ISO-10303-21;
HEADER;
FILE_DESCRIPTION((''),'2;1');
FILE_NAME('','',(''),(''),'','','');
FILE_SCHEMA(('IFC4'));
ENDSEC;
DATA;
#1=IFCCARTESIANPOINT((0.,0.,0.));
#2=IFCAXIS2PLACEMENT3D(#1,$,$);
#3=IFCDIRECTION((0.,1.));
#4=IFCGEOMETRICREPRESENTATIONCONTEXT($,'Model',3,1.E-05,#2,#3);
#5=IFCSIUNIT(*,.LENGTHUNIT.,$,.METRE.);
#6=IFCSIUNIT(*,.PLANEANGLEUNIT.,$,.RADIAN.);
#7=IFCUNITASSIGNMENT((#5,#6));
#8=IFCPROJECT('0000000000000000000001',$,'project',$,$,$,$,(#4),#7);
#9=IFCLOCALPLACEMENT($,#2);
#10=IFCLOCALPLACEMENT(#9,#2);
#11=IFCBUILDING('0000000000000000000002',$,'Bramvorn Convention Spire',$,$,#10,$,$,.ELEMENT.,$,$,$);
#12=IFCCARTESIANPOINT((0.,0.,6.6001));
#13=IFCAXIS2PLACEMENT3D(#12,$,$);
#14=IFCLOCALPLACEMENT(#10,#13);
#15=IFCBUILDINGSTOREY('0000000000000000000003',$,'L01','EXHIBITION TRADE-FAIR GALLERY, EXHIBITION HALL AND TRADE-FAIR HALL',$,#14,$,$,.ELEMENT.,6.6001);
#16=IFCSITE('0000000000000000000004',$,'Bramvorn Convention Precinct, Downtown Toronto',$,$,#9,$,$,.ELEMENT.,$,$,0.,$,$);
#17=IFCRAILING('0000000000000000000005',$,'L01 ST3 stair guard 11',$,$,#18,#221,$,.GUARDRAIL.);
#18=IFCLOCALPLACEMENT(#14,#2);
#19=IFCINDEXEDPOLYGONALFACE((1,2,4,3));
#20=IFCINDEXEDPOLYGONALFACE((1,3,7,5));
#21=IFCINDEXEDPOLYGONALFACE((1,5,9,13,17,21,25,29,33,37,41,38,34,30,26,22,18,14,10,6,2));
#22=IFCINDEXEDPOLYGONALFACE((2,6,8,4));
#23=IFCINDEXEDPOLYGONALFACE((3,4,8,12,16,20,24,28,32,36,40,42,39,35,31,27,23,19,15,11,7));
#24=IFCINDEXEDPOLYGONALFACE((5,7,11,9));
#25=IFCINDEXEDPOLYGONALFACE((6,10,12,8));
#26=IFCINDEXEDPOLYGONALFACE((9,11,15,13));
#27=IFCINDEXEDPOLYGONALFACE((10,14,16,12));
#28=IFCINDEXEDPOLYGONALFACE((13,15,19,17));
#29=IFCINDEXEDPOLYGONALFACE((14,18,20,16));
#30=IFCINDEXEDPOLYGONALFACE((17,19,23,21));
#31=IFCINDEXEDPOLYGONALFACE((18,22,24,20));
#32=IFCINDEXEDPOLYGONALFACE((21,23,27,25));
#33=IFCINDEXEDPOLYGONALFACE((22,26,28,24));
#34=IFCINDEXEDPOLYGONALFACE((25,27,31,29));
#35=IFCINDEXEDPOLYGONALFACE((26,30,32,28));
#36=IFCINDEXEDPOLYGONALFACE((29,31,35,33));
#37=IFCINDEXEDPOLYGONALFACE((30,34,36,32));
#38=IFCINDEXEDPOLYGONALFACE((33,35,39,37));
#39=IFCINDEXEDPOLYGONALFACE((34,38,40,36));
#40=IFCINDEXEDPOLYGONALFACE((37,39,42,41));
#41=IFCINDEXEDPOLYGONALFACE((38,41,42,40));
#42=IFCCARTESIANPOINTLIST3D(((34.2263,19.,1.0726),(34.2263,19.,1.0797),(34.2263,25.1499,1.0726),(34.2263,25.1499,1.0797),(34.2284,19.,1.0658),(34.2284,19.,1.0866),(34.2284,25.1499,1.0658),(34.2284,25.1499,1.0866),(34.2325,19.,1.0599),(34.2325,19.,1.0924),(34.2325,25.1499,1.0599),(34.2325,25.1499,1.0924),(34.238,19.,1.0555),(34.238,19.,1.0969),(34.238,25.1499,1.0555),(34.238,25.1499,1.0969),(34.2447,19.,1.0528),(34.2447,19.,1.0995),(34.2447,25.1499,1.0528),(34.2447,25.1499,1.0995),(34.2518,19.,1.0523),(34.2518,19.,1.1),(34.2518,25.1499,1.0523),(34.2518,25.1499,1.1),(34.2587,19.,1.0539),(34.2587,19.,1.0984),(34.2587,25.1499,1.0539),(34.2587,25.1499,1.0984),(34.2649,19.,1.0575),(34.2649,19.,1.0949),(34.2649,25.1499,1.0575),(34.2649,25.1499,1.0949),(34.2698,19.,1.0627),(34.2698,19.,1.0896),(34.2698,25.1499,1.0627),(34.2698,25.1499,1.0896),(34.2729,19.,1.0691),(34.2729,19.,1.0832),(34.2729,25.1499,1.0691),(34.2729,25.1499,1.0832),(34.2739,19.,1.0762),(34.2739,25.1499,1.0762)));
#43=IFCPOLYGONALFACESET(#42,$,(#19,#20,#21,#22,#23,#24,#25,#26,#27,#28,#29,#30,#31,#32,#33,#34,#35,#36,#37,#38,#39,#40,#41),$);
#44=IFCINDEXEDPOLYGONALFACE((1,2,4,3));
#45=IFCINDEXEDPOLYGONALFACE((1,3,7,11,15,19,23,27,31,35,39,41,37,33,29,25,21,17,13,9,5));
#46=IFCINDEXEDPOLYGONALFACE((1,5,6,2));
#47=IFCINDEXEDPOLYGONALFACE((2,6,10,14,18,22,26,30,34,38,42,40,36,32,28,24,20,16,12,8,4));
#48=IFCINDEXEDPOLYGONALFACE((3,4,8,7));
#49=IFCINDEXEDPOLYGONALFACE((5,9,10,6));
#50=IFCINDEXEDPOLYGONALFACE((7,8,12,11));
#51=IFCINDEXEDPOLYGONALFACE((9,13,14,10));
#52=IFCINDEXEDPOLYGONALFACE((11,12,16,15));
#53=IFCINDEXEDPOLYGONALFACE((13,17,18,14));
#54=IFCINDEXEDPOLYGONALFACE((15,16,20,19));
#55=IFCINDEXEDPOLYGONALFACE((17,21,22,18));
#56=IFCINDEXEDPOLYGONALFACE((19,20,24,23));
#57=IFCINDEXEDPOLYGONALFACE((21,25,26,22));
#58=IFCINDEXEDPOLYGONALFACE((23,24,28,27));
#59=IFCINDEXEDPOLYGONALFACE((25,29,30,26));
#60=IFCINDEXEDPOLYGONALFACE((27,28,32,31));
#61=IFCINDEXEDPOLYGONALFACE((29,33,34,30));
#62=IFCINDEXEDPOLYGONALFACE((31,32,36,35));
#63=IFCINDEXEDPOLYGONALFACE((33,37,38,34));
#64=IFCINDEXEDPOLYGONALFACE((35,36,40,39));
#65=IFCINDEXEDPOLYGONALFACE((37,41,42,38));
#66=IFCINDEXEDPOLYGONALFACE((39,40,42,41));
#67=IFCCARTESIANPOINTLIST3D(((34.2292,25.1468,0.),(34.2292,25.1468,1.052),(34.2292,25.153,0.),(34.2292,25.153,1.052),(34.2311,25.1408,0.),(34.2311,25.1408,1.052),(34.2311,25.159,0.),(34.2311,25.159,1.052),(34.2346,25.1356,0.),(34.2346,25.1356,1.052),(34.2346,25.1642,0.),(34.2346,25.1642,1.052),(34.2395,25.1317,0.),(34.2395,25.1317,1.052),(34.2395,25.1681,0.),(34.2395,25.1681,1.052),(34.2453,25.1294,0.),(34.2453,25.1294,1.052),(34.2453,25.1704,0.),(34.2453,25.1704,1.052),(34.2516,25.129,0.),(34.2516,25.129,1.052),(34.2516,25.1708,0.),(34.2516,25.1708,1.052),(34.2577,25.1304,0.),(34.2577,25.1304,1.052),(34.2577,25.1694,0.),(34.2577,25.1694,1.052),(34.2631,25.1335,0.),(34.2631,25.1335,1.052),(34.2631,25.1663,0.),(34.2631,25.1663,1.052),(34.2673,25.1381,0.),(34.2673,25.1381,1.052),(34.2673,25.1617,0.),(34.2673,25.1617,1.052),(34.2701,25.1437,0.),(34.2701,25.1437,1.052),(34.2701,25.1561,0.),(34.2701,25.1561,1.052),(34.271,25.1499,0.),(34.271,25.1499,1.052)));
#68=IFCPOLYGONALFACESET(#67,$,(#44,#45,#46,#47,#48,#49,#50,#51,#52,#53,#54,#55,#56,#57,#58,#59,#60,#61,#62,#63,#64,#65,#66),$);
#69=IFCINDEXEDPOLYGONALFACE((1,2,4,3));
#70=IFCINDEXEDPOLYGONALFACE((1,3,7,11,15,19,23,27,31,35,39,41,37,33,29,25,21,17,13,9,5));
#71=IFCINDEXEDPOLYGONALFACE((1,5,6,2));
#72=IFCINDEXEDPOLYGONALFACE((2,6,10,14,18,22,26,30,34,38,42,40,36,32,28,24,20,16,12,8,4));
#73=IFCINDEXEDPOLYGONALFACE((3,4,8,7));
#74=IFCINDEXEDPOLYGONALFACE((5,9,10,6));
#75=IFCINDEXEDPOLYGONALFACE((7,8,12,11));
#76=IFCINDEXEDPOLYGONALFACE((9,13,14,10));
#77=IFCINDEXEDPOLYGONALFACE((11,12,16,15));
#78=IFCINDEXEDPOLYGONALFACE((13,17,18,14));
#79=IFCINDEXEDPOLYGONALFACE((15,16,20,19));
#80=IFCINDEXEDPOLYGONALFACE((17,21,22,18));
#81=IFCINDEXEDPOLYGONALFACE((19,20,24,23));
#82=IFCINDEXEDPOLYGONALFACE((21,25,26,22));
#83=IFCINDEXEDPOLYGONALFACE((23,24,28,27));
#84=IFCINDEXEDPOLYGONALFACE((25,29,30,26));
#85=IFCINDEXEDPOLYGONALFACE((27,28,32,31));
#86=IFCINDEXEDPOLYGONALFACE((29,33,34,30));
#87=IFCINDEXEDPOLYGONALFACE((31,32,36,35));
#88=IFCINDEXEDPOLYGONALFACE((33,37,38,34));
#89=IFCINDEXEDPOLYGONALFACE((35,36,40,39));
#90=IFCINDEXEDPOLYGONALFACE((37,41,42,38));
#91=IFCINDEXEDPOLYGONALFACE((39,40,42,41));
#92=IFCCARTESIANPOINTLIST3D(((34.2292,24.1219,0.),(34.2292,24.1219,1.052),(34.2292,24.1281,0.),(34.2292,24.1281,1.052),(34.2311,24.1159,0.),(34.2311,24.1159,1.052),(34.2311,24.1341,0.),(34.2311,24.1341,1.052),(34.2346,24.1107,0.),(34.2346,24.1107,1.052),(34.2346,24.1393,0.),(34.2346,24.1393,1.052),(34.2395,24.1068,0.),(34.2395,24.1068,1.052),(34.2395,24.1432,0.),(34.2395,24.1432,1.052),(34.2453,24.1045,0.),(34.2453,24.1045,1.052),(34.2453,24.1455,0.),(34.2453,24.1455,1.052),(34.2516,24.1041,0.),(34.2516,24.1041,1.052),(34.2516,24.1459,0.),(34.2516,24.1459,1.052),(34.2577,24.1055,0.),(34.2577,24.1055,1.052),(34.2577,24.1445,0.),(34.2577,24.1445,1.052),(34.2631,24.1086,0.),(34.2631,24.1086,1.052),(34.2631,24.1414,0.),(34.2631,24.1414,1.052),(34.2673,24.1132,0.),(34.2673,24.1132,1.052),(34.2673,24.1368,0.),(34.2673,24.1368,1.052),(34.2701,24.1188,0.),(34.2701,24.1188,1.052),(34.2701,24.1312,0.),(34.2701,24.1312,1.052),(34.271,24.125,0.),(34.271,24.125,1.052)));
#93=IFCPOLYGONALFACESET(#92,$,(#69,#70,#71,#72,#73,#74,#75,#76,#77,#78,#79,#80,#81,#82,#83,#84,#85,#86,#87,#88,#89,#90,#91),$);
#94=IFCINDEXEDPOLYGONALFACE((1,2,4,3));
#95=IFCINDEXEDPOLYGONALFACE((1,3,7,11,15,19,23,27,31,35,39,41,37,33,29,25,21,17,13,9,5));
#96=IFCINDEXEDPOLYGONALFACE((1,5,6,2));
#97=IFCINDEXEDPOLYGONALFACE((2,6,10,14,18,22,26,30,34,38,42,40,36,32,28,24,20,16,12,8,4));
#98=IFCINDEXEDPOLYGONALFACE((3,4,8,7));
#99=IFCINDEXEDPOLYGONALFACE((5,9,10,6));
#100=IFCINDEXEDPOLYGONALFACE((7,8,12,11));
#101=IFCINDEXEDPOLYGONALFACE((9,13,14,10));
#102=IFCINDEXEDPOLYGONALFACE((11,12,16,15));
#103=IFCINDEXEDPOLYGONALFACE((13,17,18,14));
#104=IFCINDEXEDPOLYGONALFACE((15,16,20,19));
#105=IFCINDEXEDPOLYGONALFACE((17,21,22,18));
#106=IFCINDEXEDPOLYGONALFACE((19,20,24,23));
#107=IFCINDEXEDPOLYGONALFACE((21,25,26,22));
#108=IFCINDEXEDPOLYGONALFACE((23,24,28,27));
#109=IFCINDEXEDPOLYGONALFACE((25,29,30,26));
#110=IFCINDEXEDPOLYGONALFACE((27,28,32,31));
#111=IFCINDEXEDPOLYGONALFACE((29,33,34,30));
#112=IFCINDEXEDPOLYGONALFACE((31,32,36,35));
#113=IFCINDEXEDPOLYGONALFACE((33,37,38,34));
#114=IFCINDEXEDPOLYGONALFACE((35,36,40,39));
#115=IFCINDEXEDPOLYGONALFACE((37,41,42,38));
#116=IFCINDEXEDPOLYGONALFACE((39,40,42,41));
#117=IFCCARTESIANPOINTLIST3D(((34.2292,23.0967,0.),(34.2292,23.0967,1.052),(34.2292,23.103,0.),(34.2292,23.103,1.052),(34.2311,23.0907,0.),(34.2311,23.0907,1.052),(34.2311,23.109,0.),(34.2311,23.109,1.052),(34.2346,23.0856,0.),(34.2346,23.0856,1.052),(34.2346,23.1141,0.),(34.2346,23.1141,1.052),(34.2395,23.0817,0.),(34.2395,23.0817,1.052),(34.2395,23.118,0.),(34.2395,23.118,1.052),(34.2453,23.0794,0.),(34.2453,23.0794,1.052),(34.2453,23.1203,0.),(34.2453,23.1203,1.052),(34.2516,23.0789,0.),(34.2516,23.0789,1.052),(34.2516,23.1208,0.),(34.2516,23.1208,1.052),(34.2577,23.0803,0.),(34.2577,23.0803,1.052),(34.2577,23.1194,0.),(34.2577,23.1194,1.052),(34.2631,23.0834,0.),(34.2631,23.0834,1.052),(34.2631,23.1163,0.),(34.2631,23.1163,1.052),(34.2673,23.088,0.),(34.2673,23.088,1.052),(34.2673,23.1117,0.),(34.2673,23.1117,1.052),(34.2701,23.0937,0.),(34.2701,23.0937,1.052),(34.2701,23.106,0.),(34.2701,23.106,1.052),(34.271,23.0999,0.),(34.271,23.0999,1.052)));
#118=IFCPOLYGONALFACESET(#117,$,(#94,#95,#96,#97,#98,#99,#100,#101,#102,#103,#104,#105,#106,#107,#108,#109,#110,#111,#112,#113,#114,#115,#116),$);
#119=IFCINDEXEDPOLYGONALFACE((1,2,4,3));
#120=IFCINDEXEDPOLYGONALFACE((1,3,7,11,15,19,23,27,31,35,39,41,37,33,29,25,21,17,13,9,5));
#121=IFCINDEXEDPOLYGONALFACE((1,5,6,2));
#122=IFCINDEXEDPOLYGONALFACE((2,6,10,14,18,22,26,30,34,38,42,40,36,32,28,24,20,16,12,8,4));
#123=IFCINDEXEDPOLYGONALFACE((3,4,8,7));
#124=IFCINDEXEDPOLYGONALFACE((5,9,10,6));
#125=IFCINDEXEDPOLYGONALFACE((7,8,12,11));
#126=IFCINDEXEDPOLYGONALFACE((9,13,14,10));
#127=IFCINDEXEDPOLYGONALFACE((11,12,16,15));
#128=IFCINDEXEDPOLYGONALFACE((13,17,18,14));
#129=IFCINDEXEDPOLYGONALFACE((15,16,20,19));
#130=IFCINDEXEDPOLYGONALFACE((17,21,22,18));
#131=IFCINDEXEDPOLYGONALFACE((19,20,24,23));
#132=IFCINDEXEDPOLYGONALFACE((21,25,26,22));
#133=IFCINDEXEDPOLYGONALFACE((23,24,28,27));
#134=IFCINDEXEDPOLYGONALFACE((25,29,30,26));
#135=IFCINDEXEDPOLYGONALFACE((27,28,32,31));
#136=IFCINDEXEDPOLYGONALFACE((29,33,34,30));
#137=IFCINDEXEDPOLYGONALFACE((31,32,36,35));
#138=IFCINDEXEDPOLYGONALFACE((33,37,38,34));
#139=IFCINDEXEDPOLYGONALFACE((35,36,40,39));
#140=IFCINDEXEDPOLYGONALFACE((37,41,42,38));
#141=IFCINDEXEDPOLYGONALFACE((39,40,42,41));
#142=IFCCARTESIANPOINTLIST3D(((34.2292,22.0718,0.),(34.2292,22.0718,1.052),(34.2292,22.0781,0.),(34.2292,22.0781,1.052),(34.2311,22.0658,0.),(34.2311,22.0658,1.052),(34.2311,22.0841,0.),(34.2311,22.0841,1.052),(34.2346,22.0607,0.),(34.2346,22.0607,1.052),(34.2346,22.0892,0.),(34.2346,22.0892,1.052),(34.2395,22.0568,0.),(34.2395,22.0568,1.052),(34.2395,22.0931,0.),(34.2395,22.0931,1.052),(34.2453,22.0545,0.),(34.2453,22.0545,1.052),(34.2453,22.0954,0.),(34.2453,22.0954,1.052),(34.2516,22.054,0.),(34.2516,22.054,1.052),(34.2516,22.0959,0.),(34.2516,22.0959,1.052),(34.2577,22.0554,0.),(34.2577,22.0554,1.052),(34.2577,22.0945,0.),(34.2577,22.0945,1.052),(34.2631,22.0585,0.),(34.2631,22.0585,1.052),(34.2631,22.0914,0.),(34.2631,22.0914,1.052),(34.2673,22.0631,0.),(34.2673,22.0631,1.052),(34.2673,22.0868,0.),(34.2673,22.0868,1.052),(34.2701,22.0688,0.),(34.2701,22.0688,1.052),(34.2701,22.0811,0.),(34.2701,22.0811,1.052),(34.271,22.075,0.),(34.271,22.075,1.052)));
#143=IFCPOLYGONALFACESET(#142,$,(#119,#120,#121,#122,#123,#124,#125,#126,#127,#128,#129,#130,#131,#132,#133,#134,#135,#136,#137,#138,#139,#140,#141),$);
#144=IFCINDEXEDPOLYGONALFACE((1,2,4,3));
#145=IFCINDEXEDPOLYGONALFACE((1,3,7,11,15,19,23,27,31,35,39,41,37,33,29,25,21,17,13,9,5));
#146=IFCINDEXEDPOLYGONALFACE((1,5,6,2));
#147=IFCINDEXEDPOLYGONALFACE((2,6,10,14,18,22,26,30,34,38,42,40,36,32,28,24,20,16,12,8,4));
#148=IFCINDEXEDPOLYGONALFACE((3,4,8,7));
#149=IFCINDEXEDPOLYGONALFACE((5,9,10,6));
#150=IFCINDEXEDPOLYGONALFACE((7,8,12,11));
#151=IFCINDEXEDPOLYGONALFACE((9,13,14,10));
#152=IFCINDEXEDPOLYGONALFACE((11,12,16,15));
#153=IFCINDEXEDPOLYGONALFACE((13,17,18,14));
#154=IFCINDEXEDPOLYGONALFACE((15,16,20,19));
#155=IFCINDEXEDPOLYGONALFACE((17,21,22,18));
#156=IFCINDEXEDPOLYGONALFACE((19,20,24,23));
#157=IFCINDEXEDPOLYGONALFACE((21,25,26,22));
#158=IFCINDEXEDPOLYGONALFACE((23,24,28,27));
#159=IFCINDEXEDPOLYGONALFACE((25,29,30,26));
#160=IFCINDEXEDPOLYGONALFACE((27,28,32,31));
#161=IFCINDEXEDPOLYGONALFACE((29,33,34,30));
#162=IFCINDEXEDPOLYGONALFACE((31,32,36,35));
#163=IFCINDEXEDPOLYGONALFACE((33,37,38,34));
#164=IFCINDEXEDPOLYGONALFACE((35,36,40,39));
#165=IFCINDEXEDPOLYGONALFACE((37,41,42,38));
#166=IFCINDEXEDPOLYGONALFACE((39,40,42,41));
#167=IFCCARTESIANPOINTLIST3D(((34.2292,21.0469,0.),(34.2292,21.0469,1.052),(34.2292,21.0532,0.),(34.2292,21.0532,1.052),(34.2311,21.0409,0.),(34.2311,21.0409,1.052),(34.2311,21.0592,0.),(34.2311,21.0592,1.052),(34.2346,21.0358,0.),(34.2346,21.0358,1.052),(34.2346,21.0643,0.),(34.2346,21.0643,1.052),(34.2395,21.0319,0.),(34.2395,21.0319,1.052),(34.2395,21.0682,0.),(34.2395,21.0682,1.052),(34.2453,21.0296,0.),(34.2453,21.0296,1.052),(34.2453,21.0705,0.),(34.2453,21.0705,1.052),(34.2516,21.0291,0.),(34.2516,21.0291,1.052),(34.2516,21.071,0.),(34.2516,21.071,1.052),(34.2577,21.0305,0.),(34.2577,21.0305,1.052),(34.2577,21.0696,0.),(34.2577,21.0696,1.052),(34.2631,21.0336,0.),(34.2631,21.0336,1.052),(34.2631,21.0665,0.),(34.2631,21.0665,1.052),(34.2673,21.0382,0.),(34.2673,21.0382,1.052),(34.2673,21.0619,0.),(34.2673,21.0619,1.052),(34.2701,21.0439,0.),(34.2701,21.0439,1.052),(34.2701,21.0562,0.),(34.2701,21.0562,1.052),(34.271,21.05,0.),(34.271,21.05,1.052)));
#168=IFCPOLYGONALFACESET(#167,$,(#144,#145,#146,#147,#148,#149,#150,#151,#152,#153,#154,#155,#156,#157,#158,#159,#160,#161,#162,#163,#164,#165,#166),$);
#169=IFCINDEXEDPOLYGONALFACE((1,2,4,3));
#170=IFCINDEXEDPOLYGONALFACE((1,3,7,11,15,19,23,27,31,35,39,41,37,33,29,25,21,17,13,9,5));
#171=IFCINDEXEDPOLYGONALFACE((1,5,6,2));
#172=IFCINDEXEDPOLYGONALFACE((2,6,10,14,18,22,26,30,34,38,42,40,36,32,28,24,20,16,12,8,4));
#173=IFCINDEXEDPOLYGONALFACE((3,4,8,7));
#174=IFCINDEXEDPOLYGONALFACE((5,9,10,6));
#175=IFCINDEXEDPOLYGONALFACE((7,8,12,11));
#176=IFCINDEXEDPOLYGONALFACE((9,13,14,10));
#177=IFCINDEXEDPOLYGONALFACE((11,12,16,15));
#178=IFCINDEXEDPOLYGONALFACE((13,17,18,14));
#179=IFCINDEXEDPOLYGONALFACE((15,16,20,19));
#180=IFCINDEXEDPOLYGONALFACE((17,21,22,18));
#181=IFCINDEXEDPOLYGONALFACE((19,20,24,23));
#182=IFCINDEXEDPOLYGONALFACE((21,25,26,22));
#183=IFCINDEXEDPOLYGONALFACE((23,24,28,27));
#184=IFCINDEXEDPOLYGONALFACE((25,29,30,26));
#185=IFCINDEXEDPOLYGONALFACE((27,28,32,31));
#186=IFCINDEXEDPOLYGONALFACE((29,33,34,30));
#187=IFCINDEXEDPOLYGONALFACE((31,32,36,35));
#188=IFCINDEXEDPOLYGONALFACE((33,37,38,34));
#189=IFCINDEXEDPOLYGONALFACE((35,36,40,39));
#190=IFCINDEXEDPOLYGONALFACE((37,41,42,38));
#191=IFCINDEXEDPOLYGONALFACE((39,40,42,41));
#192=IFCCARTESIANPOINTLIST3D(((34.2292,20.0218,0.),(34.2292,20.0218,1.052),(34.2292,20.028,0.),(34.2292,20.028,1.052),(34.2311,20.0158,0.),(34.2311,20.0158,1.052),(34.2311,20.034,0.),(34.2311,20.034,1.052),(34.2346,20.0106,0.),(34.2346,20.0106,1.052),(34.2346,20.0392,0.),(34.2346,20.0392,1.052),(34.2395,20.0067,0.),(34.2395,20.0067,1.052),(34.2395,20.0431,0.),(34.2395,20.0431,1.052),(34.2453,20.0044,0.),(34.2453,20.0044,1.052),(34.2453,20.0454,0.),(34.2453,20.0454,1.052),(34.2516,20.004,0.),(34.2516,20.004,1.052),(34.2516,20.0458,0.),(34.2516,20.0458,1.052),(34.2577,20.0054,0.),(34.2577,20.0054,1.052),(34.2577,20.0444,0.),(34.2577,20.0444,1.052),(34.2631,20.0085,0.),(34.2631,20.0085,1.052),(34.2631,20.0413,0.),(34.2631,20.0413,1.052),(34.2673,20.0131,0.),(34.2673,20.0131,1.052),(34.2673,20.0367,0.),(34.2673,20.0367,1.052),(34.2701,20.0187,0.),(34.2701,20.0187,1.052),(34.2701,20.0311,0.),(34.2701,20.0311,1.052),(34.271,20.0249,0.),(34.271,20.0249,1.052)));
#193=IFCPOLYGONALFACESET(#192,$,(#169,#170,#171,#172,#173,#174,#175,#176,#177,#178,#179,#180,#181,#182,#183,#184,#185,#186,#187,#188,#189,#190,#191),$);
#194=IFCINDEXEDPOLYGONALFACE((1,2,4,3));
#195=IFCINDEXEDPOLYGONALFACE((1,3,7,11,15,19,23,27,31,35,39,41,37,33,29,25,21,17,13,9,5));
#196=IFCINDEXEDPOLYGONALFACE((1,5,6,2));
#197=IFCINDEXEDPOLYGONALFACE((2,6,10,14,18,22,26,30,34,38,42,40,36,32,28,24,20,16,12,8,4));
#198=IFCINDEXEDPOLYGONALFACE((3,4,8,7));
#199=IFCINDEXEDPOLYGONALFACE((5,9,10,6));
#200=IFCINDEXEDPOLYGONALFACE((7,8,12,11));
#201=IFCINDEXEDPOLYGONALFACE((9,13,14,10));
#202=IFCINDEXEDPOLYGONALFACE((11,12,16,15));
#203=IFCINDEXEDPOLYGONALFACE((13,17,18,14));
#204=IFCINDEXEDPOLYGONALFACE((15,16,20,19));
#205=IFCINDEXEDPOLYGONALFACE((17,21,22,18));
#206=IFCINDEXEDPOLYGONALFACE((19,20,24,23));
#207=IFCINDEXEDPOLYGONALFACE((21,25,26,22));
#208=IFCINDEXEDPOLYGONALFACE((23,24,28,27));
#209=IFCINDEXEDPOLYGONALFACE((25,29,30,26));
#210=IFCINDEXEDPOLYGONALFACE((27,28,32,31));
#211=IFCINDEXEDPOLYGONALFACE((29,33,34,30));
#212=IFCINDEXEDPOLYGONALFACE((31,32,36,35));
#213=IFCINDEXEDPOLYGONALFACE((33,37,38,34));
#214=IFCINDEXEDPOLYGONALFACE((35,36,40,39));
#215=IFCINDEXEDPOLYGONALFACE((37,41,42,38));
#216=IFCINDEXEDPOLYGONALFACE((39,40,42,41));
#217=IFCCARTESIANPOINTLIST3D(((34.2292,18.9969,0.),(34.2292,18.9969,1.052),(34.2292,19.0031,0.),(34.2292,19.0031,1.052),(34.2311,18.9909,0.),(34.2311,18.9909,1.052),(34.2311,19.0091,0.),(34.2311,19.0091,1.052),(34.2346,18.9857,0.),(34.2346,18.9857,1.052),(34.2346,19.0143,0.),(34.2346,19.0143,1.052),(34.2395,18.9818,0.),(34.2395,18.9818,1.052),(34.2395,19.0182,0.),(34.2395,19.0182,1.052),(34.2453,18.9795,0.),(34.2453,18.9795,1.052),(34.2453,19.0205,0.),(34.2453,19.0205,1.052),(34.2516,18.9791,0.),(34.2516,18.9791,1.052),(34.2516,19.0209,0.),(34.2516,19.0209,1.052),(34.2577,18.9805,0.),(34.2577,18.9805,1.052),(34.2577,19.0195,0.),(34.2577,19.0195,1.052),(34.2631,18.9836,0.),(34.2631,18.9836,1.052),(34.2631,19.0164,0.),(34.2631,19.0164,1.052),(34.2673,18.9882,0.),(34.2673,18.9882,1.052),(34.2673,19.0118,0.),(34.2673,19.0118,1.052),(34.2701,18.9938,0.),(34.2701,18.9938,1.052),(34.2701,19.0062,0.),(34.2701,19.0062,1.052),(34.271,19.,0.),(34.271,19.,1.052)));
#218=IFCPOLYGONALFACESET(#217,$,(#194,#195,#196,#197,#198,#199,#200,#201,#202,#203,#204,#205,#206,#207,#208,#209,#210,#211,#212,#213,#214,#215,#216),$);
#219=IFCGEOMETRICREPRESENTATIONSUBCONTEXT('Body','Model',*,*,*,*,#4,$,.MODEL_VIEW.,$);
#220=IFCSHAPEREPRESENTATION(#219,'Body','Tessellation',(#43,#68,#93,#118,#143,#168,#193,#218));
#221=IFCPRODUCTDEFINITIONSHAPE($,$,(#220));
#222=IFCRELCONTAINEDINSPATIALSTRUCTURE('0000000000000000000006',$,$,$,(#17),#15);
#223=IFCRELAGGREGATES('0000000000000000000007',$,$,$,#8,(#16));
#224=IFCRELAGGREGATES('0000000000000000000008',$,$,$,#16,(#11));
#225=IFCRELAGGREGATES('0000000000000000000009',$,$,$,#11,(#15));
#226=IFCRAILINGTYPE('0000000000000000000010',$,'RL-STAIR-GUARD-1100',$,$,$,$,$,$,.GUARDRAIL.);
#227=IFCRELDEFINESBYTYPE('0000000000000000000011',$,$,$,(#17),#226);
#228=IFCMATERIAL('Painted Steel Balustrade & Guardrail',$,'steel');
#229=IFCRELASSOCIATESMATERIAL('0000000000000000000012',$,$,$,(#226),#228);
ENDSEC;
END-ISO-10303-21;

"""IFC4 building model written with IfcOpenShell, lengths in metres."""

from ifc_helpers import new_model, si_unit, direction, frame, origin, origin_2d, place, context, subcontext, project, spatial, circle, extrude, material, type_object, element, save


model = new_model("IFC4")

# Units and contexts
model_context = context("Model", 3, precision=1e-05, world=origin(), true_north=direction((0.0, 1.0)))
body_context = subcontext(model_context, "Body", "Model", "MODEL_VIEW")
ifc_project = project(units=[si_unit("LENGTHUNIT", "METRE"), si_unit("PLANEANGLEUNIT", "RADIAN")], contexts=[model_context])

# Site, building, storey
site_placement = place(None, origin())
site = spatial("IfcSite", under=ifc_project, at=site_placement, Name="Bramvorn Convention Precinct, Downtown Toronto", CompositionType="ELEMENT", RefElevation=0.0)
building_placement = place(site_placement, origin())
building = spatial("IfcBuilding", under=site, at=building_placement, Name="Bramvorn Convention Spire", CompositionType="ELEMENT")
storey_placement = place(building_placement, frame((0.0, 0.0, 6.6001)))
storey = spatial("IfcBuildingStorey", under=building, at=storey_placement, Name="L01", Description="EXHIBITION TRADE-FAIR GALLERY, EXHIBITION HALL AND TRADE-FAIR HALL", CompositionType="ELEMENT", Elevation=6.6001)

# Railing
ifc_material_1 = material(Name="Painted Steel Balustrade & Guardrail", Category="steel")
railing_type_1 = type_object("IfcRailingType", Name="RL-STAIR-GUARD-1100", PredefinedType="GUARDRAIL", material=ifc_material_1)
railing_1_placement = place(storey_placement, frame((34.25, 25.1499, 0.0)))
element("IfcRailing", 1, at=railing_1_placement, inside=storey, type_object=railing_type_1, Name="L01 ST3 stair guard 11", PredefinedType="GUARDRAIL", context=body_context, shape_type="SweptSolid", body=[
    extrude(circle(Radius=0.0239, at=origin_2d()), frame((0.0, 0.0, 1.0762), z_axis=(0.0, -1.0, 0.0), x_axis=(1.0, 0.0, 0.0)), (0.0, 0.0, 1.0), 6.1499),
    extrude(circle(Radius=0.021, at=origin_2d()), origin(), (0.0, 0.0, 1.0), 1.052),
    extrude(circle(Radius=0.021, at=origin_2d()), frame((0.0, -1.0249, 0.0)), (0.0, 0.0, 1.0), 1.052),
    extrude(circle(Radius=0.021, at=origin_2d()), frame((0.0, -2.05, 0.0)), (0.0, 0.0, 1.0), 1.052),
    extrude(circle(Radius=0.021, at=origin_2d()), frame((0.0, -3.075, 0.0)), (0.0, 0.0, 1.0), 1.052),
    extrude(circle(Radius=0.021, at=origin_2d()), frame((0.0, -4.0999, 0.0)), (0.0, 0.0, 1.0), 1.052),
    extrude(circle(Radius=0.021, at=origin_2d()), frame((0.0, -5.125, 0.0)), (0.0, 0.0, 1.0), 1.052),
    extrude(circle(Radius=0.021, at=origin_2d()), frame((0.0, -6.1499, 0.0)), (0.0, 0.0, 1.0), 1.052),
])

save(model, "model.ifc")
